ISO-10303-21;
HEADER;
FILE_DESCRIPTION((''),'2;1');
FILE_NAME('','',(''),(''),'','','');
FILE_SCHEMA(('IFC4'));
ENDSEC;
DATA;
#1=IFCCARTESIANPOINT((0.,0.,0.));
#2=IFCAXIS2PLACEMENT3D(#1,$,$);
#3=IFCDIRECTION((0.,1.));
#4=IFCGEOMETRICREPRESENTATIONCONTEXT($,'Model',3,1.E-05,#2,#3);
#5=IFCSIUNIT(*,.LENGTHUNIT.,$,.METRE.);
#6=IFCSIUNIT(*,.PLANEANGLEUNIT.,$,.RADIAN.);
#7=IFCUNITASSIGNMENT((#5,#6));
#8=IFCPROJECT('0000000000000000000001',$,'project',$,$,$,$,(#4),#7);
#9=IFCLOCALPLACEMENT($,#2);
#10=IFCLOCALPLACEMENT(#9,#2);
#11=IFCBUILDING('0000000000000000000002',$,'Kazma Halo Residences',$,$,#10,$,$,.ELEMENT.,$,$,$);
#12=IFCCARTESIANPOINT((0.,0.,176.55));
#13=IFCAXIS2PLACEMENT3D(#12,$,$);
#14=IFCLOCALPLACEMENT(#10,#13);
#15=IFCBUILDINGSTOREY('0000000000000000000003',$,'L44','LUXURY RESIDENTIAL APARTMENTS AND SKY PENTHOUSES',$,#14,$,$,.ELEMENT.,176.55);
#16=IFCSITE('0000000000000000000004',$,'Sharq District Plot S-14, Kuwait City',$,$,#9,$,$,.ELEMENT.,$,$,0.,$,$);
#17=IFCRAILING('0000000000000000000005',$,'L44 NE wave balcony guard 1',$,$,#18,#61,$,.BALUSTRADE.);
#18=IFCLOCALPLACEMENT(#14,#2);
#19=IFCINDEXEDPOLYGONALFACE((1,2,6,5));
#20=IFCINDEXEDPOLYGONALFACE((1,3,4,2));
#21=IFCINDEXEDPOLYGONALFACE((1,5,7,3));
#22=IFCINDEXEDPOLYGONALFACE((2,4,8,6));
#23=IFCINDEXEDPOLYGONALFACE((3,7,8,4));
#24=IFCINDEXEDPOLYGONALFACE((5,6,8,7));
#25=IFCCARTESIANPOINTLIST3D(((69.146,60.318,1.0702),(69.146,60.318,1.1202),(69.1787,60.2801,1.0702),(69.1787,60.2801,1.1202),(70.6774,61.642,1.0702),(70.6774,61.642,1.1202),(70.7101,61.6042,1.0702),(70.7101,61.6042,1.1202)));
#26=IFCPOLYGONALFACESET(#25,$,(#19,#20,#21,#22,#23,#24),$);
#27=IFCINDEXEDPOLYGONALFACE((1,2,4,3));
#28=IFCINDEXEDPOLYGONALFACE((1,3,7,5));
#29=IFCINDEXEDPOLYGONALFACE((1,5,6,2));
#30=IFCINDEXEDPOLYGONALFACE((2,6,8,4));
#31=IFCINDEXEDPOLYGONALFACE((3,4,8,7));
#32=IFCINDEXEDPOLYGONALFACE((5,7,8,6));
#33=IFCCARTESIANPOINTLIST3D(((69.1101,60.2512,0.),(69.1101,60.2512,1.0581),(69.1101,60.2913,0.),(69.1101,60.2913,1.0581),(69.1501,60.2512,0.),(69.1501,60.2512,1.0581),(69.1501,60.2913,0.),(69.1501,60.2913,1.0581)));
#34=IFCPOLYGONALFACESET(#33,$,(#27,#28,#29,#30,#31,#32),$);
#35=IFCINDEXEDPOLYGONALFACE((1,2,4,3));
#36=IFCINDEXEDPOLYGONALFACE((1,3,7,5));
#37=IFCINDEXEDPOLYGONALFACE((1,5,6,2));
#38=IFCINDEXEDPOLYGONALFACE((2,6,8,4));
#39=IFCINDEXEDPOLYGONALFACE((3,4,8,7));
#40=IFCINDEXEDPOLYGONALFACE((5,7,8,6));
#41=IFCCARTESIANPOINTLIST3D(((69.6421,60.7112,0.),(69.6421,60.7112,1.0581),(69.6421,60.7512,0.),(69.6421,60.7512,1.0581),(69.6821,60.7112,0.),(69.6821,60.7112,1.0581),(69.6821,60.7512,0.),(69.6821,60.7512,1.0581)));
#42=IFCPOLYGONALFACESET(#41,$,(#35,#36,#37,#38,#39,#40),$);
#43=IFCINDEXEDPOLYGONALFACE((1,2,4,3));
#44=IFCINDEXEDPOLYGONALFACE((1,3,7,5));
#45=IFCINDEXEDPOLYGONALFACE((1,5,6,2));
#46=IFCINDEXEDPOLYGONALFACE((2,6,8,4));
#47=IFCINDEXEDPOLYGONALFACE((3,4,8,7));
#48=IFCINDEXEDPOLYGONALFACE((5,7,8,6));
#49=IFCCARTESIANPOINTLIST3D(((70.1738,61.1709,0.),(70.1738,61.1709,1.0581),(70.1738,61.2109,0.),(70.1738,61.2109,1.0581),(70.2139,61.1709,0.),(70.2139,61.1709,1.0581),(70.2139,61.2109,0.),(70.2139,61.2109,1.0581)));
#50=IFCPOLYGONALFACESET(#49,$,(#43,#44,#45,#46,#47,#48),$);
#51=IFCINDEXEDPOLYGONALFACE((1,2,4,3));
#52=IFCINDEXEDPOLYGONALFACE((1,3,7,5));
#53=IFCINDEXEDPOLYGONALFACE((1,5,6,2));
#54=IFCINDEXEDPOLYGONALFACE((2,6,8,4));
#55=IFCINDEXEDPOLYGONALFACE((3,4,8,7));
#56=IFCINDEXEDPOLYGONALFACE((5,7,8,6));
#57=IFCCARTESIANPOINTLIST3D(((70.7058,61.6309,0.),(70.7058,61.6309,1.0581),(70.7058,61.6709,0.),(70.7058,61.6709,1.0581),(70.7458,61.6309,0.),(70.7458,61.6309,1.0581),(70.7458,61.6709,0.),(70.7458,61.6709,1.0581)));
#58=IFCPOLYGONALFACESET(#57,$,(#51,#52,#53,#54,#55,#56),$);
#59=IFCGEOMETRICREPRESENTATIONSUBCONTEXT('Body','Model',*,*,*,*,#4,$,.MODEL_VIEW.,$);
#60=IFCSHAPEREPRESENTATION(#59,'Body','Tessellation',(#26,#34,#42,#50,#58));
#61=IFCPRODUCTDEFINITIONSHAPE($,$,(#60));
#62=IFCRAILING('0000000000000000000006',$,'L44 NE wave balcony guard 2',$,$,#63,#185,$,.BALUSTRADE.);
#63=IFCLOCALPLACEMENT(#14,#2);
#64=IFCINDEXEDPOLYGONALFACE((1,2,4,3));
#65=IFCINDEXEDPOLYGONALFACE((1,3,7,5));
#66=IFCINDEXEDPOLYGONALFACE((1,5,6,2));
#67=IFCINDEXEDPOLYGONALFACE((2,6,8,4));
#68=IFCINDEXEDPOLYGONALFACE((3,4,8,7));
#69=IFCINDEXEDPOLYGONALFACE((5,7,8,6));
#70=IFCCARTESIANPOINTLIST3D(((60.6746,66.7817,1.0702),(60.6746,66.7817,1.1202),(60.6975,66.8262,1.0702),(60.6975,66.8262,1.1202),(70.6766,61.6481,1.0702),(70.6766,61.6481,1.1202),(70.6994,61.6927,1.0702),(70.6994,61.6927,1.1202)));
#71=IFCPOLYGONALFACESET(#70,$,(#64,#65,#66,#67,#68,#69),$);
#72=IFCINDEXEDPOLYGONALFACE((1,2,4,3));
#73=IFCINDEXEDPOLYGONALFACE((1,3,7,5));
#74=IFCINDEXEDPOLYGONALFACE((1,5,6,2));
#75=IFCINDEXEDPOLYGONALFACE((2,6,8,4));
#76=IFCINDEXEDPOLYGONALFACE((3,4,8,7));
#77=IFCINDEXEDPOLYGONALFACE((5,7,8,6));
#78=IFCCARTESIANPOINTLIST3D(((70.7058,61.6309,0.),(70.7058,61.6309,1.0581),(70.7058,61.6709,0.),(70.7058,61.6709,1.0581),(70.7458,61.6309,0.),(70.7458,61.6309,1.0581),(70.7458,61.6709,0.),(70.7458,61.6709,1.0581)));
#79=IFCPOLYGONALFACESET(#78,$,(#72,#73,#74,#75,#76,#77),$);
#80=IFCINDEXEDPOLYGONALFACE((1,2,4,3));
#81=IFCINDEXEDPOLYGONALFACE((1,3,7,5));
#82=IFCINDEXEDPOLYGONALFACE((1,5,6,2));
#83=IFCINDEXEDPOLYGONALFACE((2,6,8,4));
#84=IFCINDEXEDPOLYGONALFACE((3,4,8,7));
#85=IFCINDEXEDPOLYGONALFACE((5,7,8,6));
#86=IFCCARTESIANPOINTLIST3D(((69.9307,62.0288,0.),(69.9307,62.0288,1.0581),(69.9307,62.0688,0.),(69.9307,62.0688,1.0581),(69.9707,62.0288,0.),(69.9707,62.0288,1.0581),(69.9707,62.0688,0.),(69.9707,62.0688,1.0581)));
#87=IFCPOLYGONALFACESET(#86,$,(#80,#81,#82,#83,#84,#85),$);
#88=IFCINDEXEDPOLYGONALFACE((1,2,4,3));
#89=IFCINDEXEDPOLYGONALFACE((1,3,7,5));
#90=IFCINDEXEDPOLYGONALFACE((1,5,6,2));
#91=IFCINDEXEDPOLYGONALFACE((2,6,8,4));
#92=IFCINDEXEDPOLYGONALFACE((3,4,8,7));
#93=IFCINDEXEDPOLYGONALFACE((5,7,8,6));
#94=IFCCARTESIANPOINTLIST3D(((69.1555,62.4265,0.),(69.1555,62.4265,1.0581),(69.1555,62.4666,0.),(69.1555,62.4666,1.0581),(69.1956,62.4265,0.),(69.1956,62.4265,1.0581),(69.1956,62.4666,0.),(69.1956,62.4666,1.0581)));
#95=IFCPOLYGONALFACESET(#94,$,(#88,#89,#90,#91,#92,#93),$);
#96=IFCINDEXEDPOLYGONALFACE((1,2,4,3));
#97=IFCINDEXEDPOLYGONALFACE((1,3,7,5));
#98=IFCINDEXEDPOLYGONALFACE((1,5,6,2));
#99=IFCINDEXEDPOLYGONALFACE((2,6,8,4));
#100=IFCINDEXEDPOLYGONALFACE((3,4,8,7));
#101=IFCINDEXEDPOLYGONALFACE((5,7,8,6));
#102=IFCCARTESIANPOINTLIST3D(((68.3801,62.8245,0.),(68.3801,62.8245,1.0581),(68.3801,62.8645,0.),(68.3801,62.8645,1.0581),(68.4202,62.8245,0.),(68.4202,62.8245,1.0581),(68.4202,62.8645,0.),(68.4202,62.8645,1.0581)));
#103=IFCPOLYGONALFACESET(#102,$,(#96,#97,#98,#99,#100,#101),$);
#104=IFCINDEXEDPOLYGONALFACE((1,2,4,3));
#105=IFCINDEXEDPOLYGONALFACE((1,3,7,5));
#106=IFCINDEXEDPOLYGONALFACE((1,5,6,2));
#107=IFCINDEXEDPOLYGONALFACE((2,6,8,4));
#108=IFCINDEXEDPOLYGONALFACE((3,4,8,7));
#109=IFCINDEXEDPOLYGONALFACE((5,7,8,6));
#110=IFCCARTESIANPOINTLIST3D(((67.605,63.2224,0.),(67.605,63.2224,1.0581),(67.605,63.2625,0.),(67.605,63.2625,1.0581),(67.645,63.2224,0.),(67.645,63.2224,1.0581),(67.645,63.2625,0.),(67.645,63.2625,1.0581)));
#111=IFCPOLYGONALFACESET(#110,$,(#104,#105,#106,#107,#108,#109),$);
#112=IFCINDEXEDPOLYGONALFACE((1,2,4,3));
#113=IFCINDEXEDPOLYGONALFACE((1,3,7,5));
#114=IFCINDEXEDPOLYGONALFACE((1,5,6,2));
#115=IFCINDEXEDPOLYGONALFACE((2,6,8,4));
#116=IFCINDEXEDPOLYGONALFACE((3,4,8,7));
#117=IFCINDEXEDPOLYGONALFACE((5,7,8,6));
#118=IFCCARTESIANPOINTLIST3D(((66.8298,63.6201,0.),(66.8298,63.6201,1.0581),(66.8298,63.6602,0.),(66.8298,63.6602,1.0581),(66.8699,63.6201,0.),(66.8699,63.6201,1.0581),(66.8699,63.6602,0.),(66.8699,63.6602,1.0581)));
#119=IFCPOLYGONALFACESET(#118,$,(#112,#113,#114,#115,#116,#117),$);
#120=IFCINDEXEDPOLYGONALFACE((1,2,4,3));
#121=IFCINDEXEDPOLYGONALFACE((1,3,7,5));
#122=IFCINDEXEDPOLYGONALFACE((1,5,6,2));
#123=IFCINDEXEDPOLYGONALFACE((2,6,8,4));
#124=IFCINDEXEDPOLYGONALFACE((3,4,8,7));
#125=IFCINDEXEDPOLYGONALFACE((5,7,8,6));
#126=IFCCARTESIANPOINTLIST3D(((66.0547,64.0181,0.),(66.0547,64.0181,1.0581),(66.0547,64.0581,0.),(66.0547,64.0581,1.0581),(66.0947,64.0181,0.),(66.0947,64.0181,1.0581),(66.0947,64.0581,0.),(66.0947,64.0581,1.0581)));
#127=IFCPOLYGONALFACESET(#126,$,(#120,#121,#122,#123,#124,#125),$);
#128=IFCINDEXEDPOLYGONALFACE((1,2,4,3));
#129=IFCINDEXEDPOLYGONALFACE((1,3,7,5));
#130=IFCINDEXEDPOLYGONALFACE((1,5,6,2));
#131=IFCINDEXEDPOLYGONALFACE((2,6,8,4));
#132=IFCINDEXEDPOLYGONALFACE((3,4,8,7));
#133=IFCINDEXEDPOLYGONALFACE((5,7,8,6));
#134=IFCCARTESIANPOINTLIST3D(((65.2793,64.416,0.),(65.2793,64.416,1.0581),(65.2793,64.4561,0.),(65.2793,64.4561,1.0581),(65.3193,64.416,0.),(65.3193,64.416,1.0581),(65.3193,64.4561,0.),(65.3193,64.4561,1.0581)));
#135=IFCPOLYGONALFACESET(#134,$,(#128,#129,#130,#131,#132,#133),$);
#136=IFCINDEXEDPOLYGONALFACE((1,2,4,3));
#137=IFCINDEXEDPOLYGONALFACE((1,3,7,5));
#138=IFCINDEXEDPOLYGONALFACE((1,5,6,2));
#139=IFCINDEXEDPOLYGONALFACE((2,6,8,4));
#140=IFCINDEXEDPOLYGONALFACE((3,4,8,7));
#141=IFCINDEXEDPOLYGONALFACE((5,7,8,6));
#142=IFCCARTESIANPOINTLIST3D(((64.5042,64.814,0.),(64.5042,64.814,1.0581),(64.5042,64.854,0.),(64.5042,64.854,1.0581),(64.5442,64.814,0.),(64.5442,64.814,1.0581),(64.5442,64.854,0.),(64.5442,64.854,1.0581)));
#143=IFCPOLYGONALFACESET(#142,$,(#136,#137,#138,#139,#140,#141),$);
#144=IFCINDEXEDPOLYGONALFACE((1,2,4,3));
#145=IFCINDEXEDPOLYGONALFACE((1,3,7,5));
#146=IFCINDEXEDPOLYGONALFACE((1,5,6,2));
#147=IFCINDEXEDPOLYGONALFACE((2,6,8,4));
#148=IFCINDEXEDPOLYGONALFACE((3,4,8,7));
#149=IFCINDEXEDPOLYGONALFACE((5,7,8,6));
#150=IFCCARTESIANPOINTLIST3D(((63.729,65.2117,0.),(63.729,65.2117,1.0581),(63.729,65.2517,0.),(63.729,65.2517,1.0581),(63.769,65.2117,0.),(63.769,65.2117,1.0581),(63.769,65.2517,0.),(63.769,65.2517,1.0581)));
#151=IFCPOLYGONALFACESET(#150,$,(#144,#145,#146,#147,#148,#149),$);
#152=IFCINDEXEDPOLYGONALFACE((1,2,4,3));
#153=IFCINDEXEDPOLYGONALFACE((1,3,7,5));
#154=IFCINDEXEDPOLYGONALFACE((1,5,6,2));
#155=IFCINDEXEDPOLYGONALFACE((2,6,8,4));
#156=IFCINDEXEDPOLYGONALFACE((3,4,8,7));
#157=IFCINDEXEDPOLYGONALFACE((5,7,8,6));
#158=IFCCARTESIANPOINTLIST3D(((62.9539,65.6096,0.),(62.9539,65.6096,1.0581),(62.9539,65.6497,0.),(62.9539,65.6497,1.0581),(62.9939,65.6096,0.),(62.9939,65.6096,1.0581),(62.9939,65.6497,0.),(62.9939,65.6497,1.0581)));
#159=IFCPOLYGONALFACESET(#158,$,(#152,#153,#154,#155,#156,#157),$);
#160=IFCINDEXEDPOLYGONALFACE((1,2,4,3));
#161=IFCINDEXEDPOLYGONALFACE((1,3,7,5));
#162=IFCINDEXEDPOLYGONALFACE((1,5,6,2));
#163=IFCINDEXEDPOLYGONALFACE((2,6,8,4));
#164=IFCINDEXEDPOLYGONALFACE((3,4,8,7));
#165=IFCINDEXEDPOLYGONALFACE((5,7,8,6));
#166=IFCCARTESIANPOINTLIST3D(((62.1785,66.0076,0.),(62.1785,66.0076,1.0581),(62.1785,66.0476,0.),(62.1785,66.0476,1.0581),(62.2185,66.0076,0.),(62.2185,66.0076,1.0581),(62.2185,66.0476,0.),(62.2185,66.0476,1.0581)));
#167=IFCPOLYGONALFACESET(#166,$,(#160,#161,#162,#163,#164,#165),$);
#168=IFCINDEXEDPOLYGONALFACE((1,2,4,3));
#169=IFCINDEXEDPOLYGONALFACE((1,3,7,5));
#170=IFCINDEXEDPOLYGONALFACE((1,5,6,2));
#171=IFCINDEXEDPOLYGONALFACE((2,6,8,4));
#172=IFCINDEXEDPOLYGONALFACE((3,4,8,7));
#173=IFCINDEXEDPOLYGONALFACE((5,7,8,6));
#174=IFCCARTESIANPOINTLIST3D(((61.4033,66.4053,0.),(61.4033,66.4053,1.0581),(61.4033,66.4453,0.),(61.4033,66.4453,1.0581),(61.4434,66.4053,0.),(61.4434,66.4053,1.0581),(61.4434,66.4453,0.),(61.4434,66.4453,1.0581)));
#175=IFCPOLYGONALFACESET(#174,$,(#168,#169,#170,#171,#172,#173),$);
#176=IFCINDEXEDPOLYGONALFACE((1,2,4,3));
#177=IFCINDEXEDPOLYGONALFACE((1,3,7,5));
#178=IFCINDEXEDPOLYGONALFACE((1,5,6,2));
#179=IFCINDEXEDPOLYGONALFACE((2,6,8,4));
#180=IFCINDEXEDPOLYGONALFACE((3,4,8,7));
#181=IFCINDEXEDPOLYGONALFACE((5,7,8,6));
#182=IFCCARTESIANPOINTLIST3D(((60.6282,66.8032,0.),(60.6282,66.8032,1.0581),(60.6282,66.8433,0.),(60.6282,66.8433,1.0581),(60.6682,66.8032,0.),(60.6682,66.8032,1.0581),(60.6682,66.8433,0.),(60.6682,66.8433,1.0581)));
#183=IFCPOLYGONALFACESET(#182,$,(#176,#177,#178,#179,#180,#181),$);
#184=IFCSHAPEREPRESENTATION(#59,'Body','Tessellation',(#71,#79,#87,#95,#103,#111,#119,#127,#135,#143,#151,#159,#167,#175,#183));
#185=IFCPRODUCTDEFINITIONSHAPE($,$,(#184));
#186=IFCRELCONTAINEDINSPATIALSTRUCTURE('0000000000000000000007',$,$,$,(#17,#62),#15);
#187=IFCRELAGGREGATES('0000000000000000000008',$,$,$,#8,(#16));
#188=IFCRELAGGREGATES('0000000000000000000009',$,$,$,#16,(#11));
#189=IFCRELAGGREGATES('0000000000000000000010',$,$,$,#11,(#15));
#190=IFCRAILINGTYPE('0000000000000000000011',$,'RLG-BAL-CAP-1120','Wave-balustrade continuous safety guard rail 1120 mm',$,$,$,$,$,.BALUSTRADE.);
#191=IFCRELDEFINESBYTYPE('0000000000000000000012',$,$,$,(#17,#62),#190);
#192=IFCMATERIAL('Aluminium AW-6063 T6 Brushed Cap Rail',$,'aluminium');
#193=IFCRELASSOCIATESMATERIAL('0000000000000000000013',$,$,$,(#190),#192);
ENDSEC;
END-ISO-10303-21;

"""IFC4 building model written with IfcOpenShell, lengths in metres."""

from ifc_helpers import new_model, si_unit, direction, frame, origin, origin_2d, place, context, subcontext, project, spatial, rectangle, extrude, material, type_object, element, save


model = new_model("IFC4")

# Units and contexts
model_context = context("Model", 3, precision=1e-05, world=origin(), true_north=direction((0.0, 1.0)))
body_context = subcontext(model_context, "Body", "Model", "MODEL_VIEW")
ifc_project = project(units=[si_unit("LENGTHUNIT", "METRE"), si_unit("PLANEANGLEUNIT", "RADIAN")], contexts=[model_context])

# Site, building, storey
site_placement = place(None, origin())
site = spatial("IfcSite", under=ifc_project, at=site_placement, Name="Sharq District Plot S-14, Kuwait City", CompositionType="ELEMENT", RefElevation=0.0)
building_placement = place(site_placement, origin())
building = spatial("IfcBuilding", under=site, at=building_placement, Name="Kazma Halo Residences", CompositionType="ELEMENT")
storey_placement = place(building_placement, frame((0.0, 0.0, 176.55)))
storey = spatial("IfcBuildingStorey", under=building, at=storey_placement, Name="L44", Description="LUXURY RESIDENTIAL APARTMENTS AND SKY PENTHOUSES", CompositionType="ELEMENT", Elevation=176.55)

# Railings
ifc_material_1 = material(Name="Aluminium AW-6063 T6 Brushed Cap Rail", Category="aluminium")
railing_type = type_object("IfcRailingType", Name="RLG-BAL-CAP-1120", Description="Wave-balustrade continuous safety guard rail 1120 mm", PredefinedType="BALUSTRADE", material=ifc_material_1)
railing_1_placement = place(storey_placement, frame((69.1301, 60.2712, 0.0)))
element("IfcRailing", 1, at=railing_1_placement, inside=storey, type_object=railing_type, Name="L44 NE wave balcony guard 1", PredefinedType="BALUSTRADE", context=body_context, shape_type="SweptSolid", body=[
    extrude(rectangle(XDim=0.05, YDim=0.05, at=origin_2d()), frame((0.0322, 0.0278, 1.0952), z_axis=(0.756464, 0.654036, 0.0), x_axis=(-0.654036, 0.756464, 0.0)), (0.0, 0.0, 1.0), 2.0244),
    extrude(rectangle(XDim=0.04, YDim=0.04, at=origin_2d()), origin(), (0.0, 0.0, 1.0), 1.0581),
    extrude(rectangle(XDim=0.04, YDim=0.04, at=origin_2d()), frame((0.532, 0.46, 0.0)), (0.0, 0.0, 1.0), 1.0581),
    extrude(rectangle(XDim=0.04, YDim=0.04, at=origin_2d()), frame((1.0637, 0.9197, 0.0)), (0.0, 0.0, 1.0), 1.0581),
    extrude(rectangle(XDim=0.04, YDim=0.04, at=origin_2d()), frame((1.5957, 1.3796, 0.0)), (0.0, 0.0, 1.0), 1.0581),
])
railing_2_placement = place(storey_placement, frame((70.7258, 61.6509, 0.0)))
element("IfcRailing", 2, at=railing_2_placement, inside=storey, type_object=railing_type, Name="L44 NE wave balcony guard 2", PredefinedType="BALUSTRADE", context=body_context, shape_type="SweptSolid", body=[
    extrude(rectangle(XDim=0.05, YDim=0.05, at=origin_2d()), frame((-0.0378, 0.0195, 1.0952), z_axis=(-0.889662, 0.45662, 0.0), x_axis=(-0.45662, -0.889662, 0.0)), (0.0, 0.0, 1.0), 11.2424),
    extrude(rectangle(XDim=0.04, YDim=0.04, at=origin_2d()), origin(), (0.0, 0.0, 1.0), 1.0581),
    extrude(rectangle(XDim=0.04, YDim=0.04, at=origin_2d()), frame((-0.7751, 0.3979, 0.0)), (0.0, 0.0, 1.0), 1.0581),
    extrude(rectangle(XDim=0.04, YDim=0.04, at=origin_2d()), frame((-1.5503, 0.7957, 0.0)), (0.0, 0.0, 1.0), 1.0581),
    extrude(rectangle(XDim=0.04, YDim=0.04, at=origin_2d()), frame((-2.3257, 1.1936, 0.0)), (0.0, 0.0, 1.0), 1.0581),
    extrude(rectangle(XDim=0.04, YDim=0.04, at=origin_2d()), frame((-3.1008, 1.5916, 0.0)), (0.0, 0.0, 1.0), 1.0581),
    extrude(rectangle(XDim=0.04, YDim=0.04, at=origin_2d()), frame((-3.876, 1.9893, 0.0)), (0.0, 0.0, 1.0), 1.0581),
    extrude(rectangle(XDim=0.04, YDim=0.04, at=origin_2d()), frame((-4.6511, 2.3872, 0.0)), (0.0, 0.0, 1.0), 1.0581),
    extrude(rectangle(XDim=0.04, YDim=0.04, at=origin_2d()), frame((-5.4265, 2.7852, 0.0)), (0.0, 0.0, 1.0), 1.0581),
    extrude(rectangle(XDim=0.04, YDim=0.04, at=origin_2d()), frame((-6.2017, 3.1831, 0.0)), (0.0, 0.0, 1.0), 1.0581),
    extrude(rectangle(XDim=0.04, YDim=0.04, at=origin_2d()), frame((-6.9768, 3.5808, 0.0)), (0.0, 0.0, 1.0), 1.0581),
    extrude(rectangle(XDim=0.04, YDim=0.04, at=origin_2d()), frame((-7.752, 3.9788, 0.0)), (0.0, 0.0, 1.0), 1.0581),
    extrude(rectangle(XDim=0.04, YDim=0.04, at=origin_2d()), frame((-8.5273, 4.3767, 0.0)), (0.0, 0.0, 1.0), 1.0581),
    extrude(rectangle(XDim=0.04, YDim=0.04, at=origin_2d()), frame((-9.3025, 4.7744, 0.0)), (0.0, 0.0, 1.0), 1.0581),
    extrude(rectangle(XDim=0.04, YDim=0.04, at=origin_2d()), frame((-10.0776, 5.1724, 0.0)), (0.0, 0.0, 1.0), 1.0581),
])

save(model, "model.ifc")
